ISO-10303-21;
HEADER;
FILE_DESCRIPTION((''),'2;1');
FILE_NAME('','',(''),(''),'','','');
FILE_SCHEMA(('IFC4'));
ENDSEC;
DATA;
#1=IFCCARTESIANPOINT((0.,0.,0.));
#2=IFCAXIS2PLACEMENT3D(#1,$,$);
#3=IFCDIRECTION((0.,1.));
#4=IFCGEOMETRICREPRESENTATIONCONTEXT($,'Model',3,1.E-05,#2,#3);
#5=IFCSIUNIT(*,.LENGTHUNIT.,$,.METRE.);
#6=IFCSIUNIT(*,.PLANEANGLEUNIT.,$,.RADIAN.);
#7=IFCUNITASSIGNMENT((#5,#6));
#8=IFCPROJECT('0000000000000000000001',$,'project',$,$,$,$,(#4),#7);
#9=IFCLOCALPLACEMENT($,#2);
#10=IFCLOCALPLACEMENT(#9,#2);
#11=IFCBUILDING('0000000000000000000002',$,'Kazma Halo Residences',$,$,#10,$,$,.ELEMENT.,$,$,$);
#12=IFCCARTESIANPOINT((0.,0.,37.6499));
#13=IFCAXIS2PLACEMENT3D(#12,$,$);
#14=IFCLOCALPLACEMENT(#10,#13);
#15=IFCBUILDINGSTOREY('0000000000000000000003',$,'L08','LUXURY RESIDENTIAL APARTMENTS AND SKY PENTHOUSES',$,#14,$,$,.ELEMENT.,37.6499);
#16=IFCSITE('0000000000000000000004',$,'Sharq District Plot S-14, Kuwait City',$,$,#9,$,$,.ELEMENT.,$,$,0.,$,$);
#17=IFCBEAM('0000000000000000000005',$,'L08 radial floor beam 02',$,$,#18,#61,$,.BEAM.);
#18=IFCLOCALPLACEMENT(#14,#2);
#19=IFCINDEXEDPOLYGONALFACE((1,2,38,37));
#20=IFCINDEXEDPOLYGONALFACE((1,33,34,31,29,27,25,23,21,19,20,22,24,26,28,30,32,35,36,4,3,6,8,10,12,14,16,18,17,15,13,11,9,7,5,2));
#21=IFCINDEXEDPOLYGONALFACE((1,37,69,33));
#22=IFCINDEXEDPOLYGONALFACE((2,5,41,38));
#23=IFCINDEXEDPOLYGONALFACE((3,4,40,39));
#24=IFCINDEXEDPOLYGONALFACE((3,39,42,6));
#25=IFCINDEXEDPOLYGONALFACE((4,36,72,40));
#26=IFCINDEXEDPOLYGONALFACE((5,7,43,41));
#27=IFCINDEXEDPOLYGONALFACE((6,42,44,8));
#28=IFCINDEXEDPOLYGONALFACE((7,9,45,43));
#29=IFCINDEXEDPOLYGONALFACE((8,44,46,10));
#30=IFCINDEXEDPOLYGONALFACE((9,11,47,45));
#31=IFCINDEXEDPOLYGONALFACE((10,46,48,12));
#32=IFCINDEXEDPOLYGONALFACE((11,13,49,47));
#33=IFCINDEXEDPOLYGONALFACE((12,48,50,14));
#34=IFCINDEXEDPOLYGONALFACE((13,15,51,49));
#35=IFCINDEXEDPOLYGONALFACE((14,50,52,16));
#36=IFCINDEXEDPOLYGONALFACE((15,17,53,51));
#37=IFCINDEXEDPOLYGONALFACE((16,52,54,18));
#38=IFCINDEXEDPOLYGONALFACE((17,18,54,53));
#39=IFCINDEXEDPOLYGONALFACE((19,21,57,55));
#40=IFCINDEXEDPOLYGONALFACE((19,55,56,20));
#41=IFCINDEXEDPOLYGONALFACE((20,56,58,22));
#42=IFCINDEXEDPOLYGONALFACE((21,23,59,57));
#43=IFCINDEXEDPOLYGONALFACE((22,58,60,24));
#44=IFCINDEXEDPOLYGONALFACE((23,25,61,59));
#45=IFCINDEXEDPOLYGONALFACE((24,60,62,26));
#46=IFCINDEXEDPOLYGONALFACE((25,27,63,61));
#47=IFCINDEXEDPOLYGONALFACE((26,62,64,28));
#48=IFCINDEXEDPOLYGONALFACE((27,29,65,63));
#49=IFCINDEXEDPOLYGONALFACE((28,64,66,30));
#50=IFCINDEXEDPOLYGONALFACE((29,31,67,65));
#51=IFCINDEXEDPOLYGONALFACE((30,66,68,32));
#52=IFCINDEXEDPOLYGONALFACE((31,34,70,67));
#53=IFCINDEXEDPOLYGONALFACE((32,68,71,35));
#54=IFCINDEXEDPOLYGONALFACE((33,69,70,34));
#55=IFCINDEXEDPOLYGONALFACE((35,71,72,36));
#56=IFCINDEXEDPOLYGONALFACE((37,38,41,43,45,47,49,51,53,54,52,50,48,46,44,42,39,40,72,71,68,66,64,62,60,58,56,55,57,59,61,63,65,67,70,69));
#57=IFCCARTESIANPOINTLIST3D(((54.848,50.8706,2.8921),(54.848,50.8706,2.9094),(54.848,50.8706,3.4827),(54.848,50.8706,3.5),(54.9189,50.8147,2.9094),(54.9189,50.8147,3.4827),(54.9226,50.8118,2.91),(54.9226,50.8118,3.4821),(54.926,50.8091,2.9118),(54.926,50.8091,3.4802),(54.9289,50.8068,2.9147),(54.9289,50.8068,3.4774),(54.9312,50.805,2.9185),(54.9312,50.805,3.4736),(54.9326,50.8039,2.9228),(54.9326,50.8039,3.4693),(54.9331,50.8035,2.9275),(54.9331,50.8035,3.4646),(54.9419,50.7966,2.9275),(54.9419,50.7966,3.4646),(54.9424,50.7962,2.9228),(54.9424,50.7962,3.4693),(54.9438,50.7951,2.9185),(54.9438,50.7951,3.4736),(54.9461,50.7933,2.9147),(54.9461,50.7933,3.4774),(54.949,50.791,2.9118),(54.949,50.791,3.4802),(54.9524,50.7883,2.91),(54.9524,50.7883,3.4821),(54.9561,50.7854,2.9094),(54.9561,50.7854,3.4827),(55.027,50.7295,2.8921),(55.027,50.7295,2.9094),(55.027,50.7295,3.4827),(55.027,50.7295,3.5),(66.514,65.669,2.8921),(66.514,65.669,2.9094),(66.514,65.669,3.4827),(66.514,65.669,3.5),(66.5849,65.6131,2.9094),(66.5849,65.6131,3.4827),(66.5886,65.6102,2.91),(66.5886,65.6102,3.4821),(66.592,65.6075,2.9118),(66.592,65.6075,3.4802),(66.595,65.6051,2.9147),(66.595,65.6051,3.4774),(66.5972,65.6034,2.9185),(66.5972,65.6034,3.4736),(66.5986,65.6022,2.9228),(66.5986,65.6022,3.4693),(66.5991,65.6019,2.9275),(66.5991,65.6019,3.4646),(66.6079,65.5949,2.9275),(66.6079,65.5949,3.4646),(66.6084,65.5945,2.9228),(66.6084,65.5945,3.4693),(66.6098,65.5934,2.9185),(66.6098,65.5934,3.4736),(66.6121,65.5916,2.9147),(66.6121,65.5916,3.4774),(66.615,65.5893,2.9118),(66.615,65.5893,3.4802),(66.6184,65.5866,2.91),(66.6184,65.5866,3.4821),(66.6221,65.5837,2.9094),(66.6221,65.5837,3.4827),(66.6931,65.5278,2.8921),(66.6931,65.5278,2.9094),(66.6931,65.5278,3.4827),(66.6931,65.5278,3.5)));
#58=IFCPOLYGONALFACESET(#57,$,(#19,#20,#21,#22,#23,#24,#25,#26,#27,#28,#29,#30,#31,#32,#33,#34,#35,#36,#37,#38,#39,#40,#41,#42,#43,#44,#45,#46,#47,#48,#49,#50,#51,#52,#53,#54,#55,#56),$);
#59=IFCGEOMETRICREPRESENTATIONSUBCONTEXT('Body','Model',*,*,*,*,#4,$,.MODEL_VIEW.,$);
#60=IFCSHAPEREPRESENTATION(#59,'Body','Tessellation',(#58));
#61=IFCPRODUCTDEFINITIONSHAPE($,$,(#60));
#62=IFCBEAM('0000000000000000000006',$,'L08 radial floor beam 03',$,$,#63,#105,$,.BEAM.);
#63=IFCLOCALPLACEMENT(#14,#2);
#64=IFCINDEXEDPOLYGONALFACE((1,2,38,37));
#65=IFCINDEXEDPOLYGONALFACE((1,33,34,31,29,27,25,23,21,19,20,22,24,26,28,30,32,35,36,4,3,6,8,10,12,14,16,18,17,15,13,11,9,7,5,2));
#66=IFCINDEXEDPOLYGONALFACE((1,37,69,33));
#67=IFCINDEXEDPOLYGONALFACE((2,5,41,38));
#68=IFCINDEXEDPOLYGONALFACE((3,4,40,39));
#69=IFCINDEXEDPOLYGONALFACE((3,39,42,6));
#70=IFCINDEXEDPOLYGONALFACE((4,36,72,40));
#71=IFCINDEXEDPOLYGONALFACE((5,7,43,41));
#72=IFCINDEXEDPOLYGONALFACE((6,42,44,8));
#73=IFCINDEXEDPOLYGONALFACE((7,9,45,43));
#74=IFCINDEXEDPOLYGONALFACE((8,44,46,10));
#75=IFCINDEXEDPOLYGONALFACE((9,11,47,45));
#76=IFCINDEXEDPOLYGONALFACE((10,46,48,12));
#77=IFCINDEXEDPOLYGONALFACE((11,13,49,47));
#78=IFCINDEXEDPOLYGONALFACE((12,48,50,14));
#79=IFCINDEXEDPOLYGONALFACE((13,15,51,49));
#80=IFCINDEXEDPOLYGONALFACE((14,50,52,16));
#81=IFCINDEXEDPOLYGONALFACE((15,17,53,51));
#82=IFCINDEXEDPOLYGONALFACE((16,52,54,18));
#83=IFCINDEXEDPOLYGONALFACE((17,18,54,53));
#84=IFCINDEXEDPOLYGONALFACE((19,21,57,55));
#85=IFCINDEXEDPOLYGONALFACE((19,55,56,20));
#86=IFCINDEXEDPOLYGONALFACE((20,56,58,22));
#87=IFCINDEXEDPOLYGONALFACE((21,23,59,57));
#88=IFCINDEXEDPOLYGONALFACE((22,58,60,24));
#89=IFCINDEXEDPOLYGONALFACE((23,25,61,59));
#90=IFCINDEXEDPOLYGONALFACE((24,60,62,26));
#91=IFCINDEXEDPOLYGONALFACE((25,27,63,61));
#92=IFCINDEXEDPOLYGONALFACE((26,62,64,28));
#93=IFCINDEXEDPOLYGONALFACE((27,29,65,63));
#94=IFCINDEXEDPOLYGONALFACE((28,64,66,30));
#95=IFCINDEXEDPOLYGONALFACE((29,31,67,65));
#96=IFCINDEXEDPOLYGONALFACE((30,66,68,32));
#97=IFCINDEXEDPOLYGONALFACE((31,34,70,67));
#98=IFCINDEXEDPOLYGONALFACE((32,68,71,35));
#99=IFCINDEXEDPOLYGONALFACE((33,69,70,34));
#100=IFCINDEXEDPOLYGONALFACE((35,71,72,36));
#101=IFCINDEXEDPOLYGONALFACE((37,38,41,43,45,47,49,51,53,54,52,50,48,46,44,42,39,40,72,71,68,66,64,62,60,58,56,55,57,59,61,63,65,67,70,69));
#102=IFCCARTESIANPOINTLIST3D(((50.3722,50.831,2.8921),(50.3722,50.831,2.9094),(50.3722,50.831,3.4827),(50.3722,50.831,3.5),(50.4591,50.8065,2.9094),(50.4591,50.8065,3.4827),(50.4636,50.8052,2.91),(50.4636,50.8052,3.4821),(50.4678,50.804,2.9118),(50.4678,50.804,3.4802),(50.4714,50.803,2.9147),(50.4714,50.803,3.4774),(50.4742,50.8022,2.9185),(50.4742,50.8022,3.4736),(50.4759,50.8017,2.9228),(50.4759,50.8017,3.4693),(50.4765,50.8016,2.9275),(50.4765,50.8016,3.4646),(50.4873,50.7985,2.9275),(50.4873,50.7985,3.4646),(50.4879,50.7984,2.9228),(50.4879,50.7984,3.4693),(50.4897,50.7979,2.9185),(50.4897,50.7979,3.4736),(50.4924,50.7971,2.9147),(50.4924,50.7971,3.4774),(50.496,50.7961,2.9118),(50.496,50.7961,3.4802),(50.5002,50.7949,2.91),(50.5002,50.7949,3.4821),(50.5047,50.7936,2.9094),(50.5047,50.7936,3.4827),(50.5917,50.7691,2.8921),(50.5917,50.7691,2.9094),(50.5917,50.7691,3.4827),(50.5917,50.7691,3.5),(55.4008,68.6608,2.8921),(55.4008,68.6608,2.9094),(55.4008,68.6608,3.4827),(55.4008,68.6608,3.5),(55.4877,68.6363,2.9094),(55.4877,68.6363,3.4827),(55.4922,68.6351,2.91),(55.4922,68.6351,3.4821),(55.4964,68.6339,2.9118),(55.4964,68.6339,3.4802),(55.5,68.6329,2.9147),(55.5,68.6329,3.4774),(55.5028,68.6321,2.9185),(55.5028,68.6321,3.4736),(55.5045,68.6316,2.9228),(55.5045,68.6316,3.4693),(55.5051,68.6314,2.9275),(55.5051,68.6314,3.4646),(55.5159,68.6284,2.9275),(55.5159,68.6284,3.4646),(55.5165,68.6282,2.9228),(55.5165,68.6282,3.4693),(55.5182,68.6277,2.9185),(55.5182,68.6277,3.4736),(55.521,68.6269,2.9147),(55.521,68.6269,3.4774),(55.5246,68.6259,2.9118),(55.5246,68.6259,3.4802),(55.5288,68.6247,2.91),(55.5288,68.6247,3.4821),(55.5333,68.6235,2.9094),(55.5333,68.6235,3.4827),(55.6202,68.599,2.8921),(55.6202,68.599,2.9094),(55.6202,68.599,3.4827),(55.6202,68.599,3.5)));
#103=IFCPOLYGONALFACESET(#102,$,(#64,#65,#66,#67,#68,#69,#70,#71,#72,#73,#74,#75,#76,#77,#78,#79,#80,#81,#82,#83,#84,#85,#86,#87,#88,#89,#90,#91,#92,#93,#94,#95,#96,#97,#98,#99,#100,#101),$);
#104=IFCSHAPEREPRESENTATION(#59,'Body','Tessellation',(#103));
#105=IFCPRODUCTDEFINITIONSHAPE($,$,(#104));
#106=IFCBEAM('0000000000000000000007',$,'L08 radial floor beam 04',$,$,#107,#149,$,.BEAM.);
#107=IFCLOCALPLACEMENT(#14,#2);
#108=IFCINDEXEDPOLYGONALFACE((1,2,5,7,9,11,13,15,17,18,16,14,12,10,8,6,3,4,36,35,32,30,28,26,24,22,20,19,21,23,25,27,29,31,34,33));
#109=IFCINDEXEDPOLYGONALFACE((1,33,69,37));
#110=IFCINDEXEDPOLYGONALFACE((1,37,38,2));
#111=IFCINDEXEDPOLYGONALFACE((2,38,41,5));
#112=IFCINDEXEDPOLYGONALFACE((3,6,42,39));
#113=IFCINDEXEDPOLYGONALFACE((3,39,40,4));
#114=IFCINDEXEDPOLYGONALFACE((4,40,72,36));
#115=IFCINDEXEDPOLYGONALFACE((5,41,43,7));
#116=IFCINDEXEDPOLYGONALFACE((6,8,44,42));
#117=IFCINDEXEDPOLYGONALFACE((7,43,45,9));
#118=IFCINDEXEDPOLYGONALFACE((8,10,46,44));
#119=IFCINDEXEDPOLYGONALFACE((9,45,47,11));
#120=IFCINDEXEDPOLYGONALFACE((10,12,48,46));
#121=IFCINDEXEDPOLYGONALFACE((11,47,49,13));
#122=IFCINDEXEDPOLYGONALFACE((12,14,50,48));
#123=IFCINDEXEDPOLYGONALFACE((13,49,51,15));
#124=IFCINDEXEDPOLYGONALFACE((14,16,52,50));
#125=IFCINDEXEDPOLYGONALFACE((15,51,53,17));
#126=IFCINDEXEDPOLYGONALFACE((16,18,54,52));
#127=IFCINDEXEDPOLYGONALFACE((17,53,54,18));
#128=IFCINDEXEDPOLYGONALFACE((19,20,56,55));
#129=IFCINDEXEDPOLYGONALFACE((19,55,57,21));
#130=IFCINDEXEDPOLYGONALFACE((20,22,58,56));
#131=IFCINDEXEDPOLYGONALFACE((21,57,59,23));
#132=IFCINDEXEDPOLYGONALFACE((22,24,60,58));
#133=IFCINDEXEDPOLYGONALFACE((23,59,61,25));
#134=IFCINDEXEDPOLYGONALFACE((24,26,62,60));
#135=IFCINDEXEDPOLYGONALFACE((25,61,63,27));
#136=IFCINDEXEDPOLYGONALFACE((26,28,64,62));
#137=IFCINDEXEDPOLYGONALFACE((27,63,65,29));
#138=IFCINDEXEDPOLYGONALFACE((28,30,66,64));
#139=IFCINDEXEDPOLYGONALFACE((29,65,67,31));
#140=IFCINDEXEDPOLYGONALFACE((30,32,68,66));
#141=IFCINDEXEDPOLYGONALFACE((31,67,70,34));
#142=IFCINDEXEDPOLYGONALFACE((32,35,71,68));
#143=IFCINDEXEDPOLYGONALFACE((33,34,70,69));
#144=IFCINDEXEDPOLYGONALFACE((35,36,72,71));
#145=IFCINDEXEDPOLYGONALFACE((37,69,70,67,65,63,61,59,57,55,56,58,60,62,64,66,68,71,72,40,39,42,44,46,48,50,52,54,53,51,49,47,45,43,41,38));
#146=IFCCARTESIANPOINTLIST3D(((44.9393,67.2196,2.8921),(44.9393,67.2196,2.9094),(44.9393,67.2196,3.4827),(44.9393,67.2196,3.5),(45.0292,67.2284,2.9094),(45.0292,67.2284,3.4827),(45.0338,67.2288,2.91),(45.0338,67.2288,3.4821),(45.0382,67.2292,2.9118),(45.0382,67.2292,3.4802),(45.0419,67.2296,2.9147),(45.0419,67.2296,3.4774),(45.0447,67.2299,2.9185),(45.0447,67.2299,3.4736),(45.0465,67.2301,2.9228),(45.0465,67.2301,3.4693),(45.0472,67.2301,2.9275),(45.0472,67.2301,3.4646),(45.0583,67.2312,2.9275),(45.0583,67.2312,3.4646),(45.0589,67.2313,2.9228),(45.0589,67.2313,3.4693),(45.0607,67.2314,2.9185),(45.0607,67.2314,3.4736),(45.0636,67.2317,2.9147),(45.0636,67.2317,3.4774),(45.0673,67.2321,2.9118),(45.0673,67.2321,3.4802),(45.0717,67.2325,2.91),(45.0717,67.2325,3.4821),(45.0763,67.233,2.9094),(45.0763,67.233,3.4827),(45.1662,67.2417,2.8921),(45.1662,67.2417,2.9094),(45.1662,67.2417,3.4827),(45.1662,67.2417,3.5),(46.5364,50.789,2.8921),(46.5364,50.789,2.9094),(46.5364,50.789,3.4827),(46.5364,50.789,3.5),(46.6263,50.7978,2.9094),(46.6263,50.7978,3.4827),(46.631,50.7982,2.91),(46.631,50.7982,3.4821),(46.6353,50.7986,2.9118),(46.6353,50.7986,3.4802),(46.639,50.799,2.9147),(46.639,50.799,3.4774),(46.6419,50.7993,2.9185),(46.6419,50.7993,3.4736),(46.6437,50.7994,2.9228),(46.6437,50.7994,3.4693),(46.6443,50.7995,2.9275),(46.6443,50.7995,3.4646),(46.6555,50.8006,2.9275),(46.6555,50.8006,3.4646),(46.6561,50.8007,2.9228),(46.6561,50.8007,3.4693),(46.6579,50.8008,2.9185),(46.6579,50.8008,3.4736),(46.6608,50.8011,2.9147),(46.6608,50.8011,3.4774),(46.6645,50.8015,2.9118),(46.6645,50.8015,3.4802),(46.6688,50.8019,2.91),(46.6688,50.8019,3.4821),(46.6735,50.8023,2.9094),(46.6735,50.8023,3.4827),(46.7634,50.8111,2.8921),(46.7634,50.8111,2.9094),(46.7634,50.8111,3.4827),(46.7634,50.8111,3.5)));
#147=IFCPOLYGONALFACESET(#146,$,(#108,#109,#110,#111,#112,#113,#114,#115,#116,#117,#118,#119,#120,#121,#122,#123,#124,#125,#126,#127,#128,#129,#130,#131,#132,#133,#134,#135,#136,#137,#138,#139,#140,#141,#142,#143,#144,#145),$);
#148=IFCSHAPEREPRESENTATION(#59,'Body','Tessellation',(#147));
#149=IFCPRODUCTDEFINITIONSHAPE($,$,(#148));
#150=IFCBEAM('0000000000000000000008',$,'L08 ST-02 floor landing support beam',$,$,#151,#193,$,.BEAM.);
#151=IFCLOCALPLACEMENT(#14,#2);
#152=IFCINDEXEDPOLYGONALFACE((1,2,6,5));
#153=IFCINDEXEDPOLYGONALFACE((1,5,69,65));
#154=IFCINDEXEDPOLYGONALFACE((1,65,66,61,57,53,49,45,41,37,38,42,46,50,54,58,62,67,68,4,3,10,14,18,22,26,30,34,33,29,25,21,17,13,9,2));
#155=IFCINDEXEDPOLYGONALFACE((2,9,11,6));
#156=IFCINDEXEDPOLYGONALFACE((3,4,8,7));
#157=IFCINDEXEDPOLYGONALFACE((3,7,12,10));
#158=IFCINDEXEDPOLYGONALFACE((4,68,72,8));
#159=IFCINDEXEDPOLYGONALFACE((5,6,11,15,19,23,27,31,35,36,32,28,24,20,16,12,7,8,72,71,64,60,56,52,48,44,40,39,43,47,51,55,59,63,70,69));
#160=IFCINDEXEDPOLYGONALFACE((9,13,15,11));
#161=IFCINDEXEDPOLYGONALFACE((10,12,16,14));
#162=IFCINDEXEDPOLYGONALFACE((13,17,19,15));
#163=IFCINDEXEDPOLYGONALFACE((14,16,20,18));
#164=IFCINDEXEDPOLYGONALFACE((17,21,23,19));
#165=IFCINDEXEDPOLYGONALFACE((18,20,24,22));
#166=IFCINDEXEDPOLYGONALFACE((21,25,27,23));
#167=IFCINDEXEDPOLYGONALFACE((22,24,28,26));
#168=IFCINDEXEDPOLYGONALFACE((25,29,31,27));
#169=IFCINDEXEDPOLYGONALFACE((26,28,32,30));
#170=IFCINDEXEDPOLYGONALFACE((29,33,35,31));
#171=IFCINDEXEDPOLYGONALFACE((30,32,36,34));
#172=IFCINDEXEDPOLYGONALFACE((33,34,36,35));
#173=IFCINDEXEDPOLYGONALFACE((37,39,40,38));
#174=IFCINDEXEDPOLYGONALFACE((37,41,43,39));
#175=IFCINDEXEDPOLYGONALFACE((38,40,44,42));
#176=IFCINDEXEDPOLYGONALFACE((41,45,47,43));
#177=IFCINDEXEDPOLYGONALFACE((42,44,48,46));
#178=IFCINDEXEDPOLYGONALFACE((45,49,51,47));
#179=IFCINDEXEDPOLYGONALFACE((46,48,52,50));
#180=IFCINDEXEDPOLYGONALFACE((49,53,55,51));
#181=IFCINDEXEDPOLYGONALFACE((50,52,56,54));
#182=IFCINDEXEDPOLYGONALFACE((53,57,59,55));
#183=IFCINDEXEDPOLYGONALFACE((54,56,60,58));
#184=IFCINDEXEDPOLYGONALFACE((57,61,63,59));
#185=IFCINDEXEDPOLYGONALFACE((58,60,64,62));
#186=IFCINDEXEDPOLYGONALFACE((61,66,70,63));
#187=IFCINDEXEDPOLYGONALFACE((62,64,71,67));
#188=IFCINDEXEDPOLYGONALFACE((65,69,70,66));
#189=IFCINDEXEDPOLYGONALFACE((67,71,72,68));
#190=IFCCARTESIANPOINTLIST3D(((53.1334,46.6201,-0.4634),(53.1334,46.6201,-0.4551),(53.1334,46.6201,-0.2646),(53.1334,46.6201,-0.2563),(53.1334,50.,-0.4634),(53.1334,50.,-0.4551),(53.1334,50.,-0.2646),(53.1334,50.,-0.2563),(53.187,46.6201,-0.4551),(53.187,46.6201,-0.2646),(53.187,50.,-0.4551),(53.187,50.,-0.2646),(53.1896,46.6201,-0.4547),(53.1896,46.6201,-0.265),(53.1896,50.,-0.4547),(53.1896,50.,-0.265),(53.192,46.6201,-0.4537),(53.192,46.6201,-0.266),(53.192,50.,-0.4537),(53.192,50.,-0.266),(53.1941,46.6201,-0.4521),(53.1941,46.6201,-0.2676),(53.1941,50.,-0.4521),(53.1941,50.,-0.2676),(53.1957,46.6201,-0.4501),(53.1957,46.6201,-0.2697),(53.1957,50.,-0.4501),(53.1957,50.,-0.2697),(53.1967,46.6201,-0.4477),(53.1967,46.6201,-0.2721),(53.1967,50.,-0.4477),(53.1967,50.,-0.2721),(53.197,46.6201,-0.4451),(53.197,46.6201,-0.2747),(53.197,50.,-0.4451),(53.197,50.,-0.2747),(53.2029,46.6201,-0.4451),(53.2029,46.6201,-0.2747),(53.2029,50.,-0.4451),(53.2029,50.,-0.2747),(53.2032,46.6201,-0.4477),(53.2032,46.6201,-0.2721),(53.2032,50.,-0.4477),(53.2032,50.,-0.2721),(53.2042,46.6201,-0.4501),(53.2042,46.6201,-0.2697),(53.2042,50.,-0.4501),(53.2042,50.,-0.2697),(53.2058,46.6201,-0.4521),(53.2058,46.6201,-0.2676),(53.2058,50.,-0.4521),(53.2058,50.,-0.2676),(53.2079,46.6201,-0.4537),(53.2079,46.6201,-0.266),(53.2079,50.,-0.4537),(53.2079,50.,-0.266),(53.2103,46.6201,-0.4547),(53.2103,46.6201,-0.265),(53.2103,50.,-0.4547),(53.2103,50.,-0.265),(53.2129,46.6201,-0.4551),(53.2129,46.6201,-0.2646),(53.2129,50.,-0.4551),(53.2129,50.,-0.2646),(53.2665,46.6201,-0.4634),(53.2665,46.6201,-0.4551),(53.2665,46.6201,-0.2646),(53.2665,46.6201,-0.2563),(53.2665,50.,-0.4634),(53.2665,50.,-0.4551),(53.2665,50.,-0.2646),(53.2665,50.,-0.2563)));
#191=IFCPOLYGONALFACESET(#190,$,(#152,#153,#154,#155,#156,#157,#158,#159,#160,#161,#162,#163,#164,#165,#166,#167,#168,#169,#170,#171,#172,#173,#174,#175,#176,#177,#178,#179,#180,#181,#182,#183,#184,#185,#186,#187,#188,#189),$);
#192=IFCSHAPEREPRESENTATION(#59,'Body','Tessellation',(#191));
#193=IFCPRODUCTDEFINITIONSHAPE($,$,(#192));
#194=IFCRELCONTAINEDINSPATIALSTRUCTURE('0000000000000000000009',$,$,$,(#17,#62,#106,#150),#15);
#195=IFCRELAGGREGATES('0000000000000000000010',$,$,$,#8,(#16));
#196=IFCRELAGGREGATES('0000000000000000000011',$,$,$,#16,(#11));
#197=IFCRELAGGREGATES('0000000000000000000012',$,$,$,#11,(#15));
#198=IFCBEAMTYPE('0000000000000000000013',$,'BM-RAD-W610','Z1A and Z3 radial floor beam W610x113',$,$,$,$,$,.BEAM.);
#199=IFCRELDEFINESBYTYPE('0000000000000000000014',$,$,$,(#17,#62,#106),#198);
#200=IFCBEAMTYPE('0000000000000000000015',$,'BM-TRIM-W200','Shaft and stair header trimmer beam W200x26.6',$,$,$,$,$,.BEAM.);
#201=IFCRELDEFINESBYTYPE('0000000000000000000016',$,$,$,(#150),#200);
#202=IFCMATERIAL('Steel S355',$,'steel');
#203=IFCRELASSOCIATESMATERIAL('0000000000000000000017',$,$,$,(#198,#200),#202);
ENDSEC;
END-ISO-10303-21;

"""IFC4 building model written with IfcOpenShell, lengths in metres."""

from ifc_helpers import new_model, si_unit, direction, frame, origin, origin_2d, place, context, subcontext, project, spatial, i_section, extrude, material, material_profile, profile_set, type_object, element, save


model = new_model("IFC4")

# Units and contexts
model_context = context("Model", 3, precision=1e-05, world=origin(), true_north=direction((0.0, 1.0)))
body_context = subcontext(model_context, "Body", "Model", "MODEL_VIEW")
ifc_project = project(units=[si_unit("LENGTHUNIT", "METRE"), si_unit("PLANEANGLEUNIT", "RADIAN")], contexts=[model_context])

# Site, building, storey
site_placement = place(None, origin())
site = spatial("IfcSite", under=ifc_project, at=site_placement, Name="Sharq District Plot S-14, Kuwait City", CompositionType="ELEMENT", RefElevation=0.0)
building_placement = place(site_placement, origin())
building = spatial("IfcBuilding", under=site, at=building_placement, Name="Kazma Halo Residences", CompositionType="ELEMENT")
storey_placement = place(building_placement, frame((0.0, 0.0, 37.6499)))
storey = spatial("IfcBuildingStorey", under=building, at=storey_placement, Name="L08", Description="LUXURY RESIDENTIAL APARTMENTS AND SKY PENTHOUSES", CompositionType="ELEMENT", Elevation=37.6499)

# Shared definitions
ifc_material_1 = material(Name="Steel S355", Category="steel")

# Beams
ifc_material_profile_1 = material_profile(ifc_material_1, i_section(OverallWidth=0.228, OverallDepth=0.6079, WebThickness=0.0112, FlangeThickness=0.0173, FilletRadius=0.0181, at=origin_2d()), Name="W610x113")
ifc_profile_set_1 = profile_set([ifc_material_profile_1], Name="Steel S355")
beam_type_1 = type_object("IfcBeamType", Name="BM-RAD-W610", Description="Z1A and Z3 radial floor beam W610x113", PredefinedType="BEAM", material=ifc_profile_set_1)
beam_1_placement = place(storey_placement, frame((54.9375, 50.8, 3.196), z_axis=(0.619092, 0.785318, 0.0), x_axis=(-0.785318, 0.619092, 0.0)))
element("IfcBeam", 1, at=beam_1_placement, inside=storey, type_object=beam_type_1, Name="L08 radial floor beam 02", PredefinedType="BEAM", context=body_context, shape_type="SweptSolid", body=[
    extrude(i_section(OverallWidth=0.228, OverallDepth=0.6079, WebThickness=0.0112, FlangeThickness=0.0173, FilletRadius=0.0181, at=origin_2d()), origin(), (0.0, 0.0, 1.0), 18.8438),
])
beam_2_placement = place(storey_placement, frame((50.4819, 50.8, 3.196), z_axis=(0.271442, 0.962455, 0.0), x_axis=(-0.962455, 0.271442, 0.0)))
element("IfcBeam", 2, at=beam_2_placement, inside=storey, type_object=beam_type_1, Name="L08 radial floor beam 03", PredefinedType="BEAM", context=body_context, shape_type="SweptSolid", body=[
    extrude(i_section(OverallWidth=0.228, OverallDepth=0.6079, WebThickness=0.0112, FlangeThickness=0.0173, FilletRadius=0.0181, at=origin_2d()), origin(), (0.0, 0.0, 1.0), 18.5254),
])
beam_3_placement = place(storey_placement, frame((46.6499, 50.8, 3.196), z_axis=(-0.096751, 0.995309, 0.0), x_axis=(-0.995309, -0.096751, 0.0)))
element("IfcBeam", 3, at=beam_3_placement, inside=storey, type_object=beam_type_1, Name="L08 radial floor beam 04", PredefinedType="BEAM", context=body_context, shape_type="SweptSolid", body=[
    extrude(i_section(OverallWidth=0.228, OverallDepth=0.6079, WebThickness=0.0112, FlangeThickness=0.0173, FilletRadius=0.0181, at=origin_2d()), origin(), (0.0, 0.0, 1.0), 16.5081),
])
ifc_material_profile_2 = material_profile(ifc_material_1, i_section(OverallWidth=0.1331, OverallDepth=0.207, WebThickness=0.0059, FlangeThickness=0.0083, FilletRadius=0.01, at=origin_2d()), Name="W200x26.6")
ifc_profile_set_2 = profile_set([ifc_material_profile_2], Name="Steel S355")
beam_type_2 = type_object("IfcBeamType", Name="BM-TRIM-W200", Description="Shaft and stair header trimmer beam W200x26.6", PredefinedType="BEAM", material=ifc_profile_set_2)
beam_4_placement = place(storey_placement, frame((53.2, 46.6201, -0.3599), z_axis=(0.0, 1.0, 0.0), x_axis=(-1.0, 0.0, 0.0)))
element("IfcBeam", 4, at=beam_4_placement, inside=storey, type_object=beam_type_2, Name="L08 ST-02 floor landing support beam", PredefinedType="BEAM", context=body_context, shape_type="SweptSolid", body=[
    extrude(i_section(OverallWidth=0.1331, OverallDepth=0.207, WebThickness=0.0059, FlangeThickness=0.0083, FilletRadius=0.01, at=origin_2d()), origin(), (0.0, 0.0, 1.0), 3.3799),
])

save(model, "model.ifc")
